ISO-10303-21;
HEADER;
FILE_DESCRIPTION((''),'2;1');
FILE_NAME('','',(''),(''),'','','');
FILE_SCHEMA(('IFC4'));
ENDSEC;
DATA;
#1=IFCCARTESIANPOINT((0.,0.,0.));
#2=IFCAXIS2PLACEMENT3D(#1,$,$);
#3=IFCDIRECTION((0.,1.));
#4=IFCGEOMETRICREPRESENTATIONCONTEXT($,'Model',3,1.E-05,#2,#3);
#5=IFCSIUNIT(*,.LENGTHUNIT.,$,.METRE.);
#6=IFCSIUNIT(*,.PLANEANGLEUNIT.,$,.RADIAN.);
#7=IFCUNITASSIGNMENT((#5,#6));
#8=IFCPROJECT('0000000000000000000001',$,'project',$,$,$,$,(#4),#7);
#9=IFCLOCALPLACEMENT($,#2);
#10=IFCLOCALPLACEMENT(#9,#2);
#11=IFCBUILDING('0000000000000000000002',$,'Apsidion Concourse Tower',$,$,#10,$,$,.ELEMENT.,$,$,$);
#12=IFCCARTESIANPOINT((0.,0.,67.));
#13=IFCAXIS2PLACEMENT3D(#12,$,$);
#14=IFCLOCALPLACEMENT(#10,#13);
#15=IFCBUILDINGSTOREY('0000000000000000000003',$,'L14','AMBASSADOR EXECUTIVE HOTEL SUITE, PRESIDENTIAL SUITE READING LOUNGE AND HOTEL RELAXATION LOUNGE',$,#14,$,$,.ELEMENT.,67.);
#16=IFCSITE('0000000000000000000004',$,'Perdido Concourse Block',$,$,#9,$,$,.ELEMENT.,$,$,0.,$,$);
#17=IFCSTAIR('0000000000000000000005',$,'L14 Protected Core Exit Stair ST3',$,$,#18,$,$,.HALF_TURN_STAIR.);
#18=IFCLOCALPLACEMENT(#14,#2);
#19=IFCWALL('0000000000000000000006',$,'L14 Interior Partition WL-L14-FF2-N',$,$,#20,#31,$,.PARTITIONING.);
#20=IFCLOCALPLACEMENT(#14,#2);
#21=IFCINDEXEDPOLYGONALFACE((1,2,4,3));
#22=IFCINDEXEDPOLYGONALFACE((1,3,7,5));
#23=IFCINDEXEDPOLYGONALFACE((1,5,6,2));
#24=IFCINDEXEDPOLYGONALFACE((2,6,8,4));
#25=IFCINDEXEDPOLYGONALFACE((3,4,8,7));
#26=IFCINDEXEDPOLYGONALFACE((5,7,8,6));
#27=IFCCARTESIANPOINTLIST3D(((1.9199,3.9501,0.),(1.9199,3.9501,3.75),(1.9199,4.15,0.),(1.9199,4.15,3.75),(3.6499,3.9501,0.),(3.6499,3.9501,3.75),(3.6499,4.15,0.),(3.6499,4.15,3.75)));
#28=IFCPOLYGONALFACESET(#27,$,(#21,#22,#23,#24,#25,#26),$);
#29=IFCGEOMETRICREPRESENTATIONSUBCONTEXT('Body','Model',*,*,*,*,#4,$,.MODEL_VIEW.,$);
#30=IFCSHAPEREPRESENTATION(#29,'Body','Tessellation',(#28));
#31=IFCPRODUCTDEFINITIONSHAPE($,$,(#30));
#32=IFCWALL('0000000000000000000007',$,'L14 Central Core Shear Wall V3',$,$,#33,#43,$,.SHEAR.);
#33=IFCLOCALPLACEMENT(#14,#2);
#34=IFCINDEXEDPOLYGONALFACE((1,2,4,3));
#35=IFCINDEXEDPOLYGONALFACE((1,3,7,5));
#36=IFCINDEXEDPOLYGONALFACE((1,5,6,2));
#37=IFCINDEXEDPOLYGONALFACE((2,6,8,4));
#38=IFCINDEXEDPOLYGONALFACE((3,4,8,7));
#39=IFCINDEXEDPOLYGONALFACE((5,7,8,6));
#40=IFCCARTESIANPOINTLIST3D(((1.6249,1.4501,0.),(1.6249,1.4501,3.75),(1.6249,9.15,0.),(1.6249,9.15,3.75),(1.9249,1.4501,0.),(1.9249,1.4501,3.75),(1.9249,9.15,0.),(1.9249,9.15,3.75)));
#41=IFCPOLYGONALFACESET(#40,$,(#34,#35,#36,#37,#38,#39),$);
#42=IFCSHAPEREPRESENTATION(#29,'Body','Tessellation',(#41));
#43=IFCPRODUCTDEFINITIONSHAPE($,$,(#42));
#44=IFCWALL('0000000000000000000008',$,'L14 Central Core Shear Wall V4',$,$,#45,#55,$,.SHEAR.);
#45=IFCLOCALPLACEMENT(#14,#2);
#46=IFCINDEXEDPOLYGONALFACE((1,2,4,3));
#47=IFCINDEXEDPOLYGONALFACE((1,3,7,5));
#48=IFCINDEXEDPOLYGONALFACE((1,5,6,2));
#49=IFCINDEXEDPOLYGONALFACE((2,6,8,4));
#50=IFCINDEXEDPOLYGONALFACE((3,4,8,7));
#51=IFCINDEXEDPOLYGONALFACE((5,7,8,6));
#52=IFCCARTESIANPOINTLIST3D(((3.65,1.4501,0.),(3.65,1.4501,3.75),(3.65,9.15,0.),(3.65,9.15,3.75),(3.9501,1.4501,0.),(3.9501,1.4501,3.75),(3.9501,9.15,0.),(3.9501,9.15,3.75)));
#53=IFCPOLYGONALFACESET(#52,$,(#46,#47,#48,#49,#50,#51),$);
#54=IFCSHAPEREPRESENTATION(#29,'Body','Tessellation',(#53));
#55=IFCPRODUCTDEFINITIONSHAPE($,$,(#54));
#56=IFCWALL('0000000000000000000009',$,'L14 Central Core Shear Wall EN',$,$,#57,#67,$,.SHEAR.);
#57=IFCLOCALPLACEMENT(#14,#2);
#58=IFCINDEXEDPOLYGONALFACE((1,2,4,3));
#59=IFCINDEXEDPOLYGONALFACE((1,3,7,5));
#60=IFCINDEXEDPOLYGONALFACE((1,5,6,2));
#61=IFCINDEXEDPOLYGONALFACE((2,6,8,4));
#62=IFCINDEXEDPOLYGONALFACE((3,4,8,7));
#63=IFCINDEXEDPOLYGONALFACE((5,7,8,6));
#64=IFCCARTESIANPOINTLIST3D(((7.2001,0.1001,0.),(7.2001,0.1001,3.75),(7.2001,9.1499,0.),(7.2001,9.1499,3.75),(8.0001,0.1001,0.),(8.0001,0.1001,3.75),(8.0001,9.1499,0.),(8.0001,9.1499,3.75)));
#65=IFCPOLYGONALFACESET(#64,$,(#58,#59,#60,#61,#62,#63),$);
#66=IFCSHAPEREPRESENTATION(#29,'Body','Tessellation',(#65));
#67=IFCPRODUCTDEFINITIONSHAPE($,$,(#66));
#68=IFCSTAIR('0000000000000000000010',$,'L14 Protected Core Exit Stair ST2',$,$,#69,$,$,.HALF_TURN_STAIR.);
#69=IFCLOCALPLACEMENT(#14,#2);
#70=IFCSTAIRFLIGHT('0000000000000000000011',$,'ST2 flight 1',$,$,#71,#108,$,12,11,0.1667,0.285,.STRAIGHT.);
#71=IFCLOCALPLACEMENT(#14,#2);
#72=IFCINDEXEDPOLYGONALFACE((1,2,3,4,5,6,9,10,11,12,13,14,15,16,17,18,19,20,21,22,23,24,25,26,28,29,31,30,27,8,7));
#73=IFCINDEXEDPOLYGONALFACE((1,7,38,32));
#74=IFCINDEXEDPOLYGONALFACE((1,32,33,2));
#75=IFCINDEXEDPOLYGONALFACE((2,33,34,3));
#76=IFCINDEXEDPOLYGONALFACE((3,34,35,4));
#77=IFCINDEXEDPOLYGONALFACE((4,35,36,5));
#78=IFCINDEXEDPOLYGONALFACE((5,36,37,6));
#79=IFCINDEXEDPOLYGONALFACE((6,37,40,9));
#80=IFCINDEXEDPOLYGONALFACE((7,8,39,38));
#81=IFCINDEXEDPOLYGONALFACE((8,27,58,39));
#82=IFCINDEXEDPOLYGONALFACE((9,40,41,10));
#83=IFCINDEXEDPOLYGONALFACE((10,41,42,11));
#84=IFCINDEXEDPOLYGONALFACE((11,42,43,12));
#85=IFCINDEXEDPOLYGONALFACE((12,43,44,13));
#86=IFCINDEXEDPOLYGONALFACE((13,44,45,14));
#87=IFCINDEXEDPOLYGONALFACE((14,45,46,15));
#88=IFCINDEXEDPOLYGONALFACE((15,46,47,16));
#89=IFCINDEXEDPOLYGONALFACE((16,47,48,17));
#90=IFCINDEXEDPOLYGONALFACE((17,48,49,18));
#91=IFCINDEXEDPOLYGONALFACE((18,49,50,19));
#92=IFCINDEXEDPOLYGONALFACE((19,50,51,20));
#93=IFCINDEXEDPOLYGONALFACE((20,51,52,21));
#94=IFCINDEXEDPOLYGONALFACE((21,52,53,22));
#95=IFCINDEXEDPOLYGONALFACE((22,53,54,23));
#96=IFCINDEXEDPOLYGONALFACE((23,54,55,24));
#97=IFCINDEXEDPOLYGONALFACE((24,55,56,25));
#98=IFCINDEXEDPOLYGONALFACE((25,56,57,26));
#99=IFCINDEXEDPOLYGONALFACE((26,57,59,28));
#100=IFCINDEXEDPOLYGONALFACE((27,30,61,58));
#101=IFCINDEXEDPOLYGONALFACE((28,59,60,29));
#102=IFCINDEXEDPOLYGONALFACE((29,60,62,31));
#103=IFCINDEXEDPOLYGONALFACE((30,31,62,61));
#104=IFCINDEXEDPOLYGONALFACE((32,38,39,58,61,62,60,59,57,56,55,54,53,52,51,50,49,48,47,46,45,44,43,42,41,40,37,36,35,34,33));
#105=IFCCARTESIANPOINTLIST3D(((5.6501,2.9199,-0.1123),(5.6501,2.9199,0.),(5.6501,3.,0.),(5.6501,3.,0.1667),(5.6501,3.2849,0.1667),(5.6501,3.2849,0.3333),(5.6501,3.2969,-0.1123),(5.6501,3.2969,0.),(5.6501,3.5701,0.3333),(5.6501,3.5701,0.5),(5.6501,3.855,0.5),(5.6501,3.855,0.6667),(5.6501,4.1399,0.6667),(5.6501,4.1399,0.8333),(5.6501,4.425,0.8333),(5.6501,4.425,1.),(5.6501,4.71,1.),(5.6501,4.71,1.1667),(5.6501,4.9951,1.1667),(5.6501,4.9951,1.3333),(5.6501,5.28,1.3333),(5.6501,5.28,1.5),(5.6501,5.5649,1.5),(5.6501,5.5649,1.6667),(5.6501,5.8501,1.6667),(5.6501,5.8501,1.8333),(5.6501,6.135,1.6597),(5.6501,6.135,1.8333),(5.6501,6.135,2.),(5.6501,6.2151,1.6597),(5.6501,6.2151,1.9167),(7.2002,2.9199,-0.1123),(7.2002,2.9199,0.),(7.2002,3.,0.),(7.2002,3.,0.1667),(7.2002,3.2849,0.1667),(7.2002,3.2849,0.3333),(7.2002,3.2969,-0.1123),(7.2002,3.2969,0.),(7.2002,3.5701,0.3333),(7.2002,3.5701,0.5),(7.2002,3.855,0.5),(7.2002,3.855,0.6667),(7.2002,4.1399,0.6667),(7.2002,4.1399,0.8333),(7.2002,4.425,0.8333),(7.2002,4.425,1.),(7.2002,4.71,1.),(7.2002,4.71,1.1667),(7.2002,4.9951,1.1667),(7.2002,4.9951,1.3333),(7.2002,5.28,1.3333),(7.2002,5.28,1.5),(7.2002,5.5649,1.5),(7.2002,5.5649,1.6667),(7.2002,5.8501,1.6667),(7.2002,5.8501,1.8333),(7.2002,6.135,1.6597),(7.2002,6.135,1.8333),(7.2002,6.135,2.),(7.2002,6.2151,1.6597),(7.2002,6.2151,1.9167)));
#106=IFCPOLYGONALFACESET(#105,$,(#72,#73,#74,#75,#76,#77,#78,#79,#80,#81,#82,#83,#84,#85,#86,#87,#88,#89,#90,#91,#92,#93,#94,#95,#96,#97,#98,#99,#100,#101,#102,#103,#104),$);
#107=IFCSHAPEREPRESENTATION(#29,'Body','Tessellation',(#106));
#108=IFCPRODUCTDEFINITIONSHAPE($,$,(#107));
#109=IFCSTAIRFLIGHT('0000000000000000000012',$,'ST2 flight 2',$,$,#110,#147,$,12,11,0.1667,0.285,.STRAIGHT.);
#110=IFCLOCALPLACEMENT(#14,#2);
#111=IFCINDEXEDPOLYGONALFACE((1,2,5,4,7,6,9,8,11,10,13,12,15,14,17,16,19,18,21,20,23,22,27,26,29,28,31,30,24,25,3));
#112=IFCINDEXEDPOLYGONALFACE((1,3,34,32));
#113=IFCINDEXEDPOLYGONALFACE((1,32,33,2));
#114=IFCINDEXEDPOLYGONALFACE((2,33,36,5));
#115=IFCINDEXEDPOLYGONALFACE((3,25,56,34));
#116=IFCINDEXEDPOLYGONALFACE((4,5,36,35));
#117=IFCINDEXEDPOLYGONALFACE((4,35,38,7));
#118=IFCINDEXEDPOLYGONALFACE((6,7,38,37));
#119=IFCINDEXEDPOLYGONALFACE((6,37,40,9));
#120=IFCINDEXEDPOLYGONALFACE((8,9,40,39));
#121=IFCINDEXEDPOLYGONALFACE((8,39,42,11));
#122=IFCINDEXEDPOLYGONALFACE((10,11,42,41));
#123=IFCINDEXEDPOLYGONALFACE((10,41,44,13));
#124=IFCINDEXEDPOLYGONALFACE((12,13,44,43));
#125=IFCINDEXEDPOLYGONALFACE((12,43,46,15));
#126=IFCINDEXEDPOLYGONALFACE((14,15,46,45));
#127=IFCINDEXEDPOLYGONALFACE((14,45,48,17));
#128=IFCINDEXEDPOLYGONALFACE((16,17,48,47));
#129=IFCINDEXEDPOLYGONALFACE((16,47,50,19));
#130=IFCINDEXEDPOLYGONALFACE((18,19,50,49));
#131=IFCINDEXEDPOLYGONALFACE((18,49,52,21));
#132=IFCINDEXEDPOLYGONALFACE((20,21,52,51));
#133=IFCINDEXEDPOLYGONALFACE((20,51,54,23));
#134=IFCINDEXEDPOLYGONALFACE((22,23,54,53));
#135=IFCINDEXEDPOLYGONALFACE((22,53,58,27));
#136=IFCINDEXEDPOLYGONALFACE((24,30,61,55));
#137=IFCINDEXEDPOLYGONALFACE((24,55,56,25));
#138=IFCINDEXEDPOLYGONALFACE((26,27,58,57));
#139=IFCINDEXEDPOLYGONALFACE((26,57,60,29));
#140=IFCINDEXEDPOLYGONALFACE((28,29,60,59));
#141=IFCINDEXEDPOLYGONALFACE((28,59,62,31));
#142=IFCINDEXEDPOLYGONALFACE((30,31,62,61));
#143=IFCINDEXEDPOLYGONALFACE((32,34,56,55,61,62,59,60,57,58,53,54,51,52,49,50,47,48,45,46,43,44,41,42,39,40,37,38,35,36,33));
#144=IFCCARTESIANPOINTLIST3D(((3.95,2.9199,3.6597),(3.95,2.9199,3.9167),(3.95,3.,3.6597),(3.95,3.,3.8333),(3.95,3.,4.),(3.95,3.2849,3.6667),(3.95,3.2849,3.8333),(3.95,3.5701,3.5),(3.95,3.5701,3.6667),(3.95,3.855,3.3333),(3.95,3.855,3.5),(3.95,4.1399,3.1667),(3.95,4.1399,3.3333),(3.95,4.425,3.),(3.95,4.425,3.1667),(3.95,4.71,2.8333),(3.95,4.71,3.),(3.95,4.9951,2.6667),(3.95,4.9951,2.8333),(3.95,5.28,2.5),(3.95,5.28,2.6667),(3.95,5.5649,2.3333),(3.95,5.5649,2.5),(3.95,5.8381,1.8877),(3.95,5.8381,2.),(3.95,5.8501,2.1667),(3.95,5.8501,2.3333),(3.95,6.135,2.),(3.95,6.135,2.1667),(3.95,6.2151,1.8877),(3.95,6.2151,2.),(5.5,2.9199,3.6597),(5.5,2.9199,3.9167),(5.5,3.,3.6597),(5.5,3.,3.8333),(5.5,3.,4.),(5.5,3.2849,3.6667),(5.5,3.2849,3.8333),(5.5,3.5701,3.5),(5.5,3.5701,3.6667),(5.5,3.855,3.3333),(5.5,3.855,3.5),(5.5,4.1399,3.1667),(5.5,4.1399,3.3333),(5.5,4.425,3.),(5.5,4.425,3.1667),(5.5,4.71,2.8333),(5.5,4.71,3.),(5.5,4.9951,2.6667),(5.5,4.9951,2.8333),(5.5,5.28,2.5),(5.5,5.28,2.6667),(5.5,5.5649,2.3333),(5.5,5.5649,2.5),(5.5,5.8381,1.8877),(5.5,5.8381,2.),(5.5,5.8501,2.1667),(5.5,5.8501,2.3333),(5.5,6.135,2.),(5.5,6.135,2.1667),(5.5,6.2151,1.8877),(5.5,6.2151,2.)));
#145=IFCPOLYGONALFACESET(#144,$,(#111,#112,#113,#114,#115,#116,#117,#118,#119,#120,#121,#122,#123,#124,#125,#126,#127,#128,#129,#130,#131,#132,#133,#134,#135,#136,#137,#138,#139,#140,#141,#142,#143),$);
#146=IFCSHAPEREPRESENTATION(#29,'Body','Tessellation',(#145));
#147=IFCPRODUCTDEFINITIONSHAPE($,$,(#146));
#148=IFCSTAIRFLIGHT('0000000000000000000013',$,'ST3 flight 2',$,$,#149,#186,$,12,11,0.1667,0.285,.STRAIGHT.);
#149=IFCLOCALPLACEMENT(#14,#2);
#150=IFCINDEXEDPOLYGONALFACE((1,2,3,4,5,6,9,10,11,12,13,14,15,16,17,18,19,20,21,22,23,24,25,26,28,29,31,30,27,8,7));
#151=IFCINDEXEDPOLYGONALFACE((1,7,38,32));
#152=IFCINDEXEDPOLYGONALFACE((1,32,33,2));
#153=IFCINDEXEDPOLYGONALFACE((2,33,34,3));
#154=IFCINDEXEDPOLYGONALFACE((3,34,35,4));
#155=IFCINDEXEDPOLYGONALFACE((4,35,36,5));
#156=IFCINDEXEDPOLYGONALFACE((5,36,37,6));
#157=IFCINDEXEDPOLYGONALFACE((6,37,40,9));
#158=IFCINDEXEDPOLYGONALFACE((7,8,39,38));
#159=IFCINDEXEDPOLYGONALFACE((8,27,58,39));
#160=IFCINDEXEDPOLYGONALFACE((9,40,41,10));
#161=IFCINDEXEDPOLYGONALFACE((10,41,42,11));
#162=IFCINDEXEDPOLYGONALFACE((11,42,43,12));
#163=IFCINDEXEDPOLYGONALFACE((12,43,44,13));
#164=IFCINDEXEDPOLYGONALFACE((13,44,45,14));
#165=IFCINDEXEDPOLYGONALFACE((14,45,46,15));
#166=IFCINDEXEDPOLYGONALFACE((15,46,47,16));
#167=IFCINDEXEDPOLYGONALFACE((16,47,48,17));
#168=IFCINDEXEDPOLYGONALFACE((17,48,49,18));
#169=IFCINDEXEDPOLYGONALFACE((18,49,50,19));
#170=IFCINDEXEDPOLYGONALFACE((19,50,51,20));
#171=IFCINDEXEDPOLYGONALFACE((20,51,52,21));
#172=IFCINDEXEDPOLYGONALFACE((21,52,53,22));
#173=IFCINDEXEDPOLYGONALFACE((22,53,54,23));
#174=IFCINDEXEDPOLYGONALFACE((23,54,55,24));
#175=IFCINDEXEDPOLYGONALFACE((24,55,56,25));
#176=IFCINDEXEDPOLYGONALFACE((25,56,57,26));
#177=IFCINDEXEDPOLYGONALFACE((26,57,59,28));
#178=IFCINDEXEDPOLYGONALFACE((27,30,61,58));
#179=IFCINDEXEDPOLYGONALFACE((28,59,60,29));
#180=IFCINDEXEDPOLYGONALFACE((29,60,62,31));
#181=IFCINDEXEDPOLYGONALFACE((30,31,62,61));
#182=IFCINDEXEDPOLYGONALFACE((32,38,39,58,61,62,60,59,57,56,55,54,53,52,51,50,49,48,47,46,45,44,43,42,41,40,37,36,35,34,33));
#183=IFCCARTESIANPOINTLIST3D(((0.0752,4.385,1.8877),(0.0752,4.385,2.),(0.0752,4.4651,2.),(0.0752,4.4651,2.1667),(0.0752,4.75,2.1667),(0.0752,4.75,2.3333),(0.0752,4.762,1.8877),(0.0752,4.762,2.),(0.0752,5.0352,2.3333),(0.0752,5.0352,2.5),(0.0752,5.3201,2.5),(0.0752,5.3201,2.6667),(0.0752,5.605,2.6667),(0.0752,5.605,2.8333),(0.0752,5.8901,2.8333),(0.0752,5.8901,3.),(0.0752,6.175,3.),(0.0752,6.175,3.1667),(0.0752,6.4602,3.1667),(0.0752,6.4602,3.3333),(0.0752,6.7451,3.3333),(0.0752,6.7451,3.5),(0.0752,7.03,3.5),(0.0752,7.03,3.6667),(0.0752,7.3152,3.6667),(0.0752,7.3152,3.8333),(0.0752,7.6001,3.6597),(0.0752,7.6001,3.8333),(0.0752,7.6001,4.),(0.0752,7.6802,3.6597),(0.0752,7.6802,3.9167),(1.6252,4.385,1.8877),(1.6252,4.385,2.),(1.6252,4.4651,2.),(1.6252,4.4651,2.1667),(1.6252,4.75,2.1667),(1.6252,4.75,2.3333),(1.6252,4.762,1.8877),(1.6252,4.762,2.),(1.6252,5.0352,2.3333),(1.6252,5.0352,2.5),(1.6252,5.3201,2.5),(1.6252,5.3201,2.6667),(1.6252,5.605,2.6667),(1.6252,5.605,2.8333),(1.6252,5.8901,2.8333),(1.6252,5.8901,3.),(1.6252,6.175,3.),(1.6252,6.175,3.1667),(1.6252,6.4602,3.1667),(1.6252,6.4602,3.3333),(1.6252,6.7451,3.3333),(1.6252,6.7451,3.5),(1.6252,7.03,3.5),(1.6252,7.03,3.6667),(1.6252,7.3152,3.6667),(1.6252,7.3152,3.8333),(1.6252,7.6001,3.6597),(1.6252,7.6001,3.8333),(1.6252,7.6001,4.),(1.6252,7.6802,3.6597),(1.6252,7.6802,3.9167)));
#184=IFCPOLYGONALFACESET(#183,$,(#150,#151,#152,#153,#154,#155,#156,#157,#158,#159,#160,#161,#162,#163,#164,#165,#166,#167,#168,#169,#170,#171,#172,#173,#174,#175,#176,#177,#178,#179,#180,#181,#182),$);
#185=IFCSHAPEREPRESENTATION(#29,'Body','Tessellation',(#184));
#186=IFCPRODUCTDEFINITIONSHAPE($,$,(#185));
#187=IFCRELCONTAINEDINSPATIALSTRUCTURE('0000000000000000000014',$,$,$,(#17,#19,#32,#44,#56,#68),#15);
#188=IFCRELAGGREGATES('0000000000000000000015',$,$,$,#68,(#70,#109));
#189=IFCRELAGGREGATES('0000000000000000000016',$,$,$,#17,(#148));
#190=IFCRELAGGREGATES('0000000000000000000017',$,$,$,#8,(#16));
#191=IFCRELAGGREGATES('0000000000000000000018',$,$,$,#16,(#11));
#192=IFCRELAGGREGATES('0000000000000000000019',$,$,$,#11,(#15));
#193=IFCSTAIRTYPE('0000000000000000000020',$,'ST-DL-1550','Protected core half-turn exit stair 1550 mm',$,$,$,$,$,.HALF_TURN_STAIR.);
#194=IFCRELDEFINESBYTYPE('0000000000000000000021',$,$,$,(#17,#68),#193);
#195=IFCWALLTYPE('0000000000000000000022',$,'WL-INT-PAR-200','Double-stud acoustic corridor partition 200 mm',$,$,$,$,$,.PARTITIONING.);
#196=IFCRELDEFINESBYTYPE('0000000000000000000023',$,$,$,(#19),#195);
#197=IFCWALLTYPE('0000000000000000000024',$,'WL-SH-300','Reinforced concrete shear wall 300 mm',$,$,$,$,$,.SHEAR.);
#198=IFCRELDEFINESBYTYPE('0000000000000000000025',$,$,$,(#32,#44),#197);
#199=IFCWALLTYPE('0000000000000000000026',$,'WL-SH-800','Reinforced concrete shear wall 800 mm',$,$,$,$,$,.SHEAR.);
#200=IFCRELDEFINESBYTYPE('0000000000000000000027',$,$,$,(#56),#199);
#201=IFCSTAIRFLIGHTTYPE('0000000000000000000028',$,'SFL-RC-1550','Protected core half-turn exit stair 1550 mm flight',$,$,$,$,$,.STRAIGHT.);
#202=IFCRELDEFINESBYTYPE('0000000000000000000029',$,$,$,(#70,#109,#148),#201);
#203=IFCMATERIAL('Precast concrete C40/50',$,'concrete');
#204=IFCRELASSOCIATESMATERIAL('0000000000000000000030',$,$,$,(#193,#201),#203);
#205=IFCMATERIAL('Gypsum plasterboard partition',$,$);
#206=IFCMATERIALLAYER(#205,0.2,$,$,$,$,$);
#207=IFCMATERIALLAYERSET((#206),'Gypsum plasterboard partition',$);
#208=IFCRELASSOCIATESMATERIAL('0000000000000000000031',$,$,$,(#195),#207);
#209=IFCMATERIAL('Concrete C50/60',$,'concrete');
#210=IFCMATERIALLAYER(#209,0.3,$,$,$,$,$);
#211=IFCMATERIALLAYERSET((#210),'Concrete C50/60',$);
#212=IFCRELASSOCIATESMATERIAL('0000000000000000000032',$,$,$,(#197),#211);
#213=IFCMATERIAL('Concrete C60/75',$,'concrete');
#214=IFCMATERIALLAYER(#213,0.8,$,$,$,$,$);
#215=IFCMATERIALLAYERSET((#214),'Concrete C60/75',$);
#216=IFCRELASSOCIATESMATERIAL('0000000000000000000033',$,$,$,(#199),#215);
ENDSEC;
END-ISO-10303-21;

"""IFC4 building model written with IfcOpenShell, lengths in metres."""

from ifc_helpers import new_model, si_unit, direction, frame, frame_2d, origin, place, context, subcontext, project, spatial, polyline, rectangle, outline, extrude, material, layer, layer_set, type_object, element, aggregate, save


model = new_model("IFC4")

# Units and contexts
model_context = context("Model", 3, precision=1e-05, world=origin(), true_north=direction((0.0, 1.0)))
body_context = subcontext(model_context, "Body", "Model", "MODEL_VIEW")
ifc_project = project(units=[si_unit("LENGTHUNIT", "METRE"), si_unit("PLANEANGLEUNIT", "RADIAN")], contexts=[model_context])

# Site, building, storey
site_placement = place(None, origin())
site = spatial("IfcSite", under=ifc_project, at=site_placement, Name="Perdido Concourse Block", CompositionType="ELEMENT", RefElevation=0.0)
building_placement = place(site_placement, origin())
building = spatial("IfcBuilding", under=site, at=building_placement, Name="Apsidion Concourse Tower", CompositionType="ELEMENT")
storey_placement = place(building_placement, frame((0.0, 0.0, 67.0)))
storey = spatial("IfcBuildingStorey", under=building, at=storey_placement, Name="L14", Description="AMBASSADOR EXECUTIVE HOTEL SUITE, PRESIDENTIAL SUITE READING LOUNGE AND HOTEL RELAXATION LOUNGE", CompositionType="ELEMENT", Elevation=67.0)

# Shared definitions
ifc_material_1 = material(Name="Concrete C60/75", Category="concrete")

# Stair
ifc_material_2 = material(Name="Precast concrete C40/50", Category="concrete")
stair_type = type_object("IfcStairType", Name="ST-DL-1550", Description="Protected core half-turn exit stair 1550 mm", PredefinedType="HALF_TURN_STAIR", material=ifc_material_2)
stair_1_placement = place(storey_placement, origin())
stair_1 = element("IfcStair", 1, at=stair_1_placement, inside=storey, type_object=stair_type, Name="L14 Protected Core Exit Stair ST3", PredefinedType="HALF_TURN_STAIR")
ifc_material_3 = material(Name="Concrete C50/60", Category="concrete")

# Shared definitions
ifc_material_4 = material(Name="Gypsum plasterboard partition")

# Walls
ifc_layer_1 = layer(ifc_material_4, 0.2)
ifc_layer_set_1 = layer_set([ifc_layer_1], Name="Gypsum plasterboard partition")
wall_type_1 = type_object("IfcWallType", Name="WL-INT-PAR-200", Description="Double-stud acoustic corridor partition 200 mm", PredefinedType="PARTITIONING", material=ifc_layer_set_1)
wall_1_placement = place(storey_placement, frame((1.9199, 4.05, 0.0), z_axis=(0.0, 0.0, 1.0), x_axis=(1.0, 0.0, 0.0)))
element("IfcWall", 2, at=wall_1_placement, inside=storey, type_object=wall_type_1, Name="L14 Interior Partition WL-L14-FF2-N", PredefinedType="PARTITIONING", context=body_context, shape_type="SweptSolid", body=[
    extrude(rectangle(XDim=1.73, YDim=0.2, at=frame_2d((0.865, 0.0))), origin(), (0.0, 0.0, 1.0), 3.75),
])
ifc_layer_2 = layer(ifc_material_3, 0.3)
ifc_layer_set_2 = layer_set([ifc_layer_2], Name="Concrete C50/60")
wall_type_2 = type_object("IfcWallType", Name="WL-SH-300", Description="Reinforced concrete shear wall 300 mm", PredefinedType="SHEAR", material=ifc_layer_set_2)
for number, where, z_axis, x_axis, name in (
    (3, (1.7749, 1.45, 0.0), (0.0, 0.0, 1.0), (0.0, 1.0, 0.0), "L14 Central Core Shear Wall V3"),
    (4, (3.8, 1.45, 0.0), (0.0, 0.0, 1.0), (0.0, 1.0, 0.0), "L14 Central Core Shear Wall V4"),
):
    element("IfcWall", number, at=place(storey_placement, frame(where, z_axis=z_axis, x_axis=x_axis)), inside=storey, type_object=wall_type_2, Name=name, PredefinedType="SHEAR", context=body_context, shape_type="SweptSolid", body=[
        extrude(rectangle(XDim=7.7, YDim=0.3, at=frame_2d((3.8501, 0.0))), origin(), (0.0, 0.0, 1.0), 3.75),
    ])
ifc_layer_3 = layer(ifc_material_1, 0.8)
ifc_layer_set_3 = layer_set([ifc_layer_3], Name="Concrete C60/75")
wall_type_3 = type_object("IfcWallType", Name="WL-SH-800", Description="Reinforced concrete shear wall 800 mm", PredefinedType="SHEAR", material=ifc_layer_set_3)
wall_2_placement = place(storey_placement, frame((7.6001, 0.1001, 0.0), z_axis=(0.0, 0.0, 1.0), x_axis=(0.0, 1.0, 0.0)))
element("IfcWall", 5, at=wall_2_placement, inside=storey, type_object=wall_type_3, Name="L14 Central Core Shear Wall EN", PredefinedType="SHEAR", context=body_context, shape_type="SweptSolid", body=[
    extrude(rectangle(XDim=9.0498, YDim=0.8, at=frame_2d((4.5249, 0.0))), origin(), (0.0, 0.0, 1.0), 3.75),
])

# Stair, stair flights
stair_2_placement = place(storey_placement, origin())
stair_2 = element("IfcStair", 6, at=stair_2_placement, inside=storey, type_object=stair_type, Name="L14 Protected Core Exit Stair ST2", PredefinedType="HALF_TURN_STAIR")
stair_flight_type = type_object("IfcStairFlightType", Name="SFL-RC-1550", Description="Protected core half-turn exit stair 1550 mm flight", PredefinedType="STRAIGHT", material=ifc_material_2)
stair_flight_1_placement = place(storey_placement, frame((6.425, 3.0, 0.0), z_axis=(0.0, 0.0, 1.0), x_axis=(0.0, 1.0, 0.0)))
stair_flight_1 = element("IfcStairFlight", 7, at=stair_flight_1_placement, type_object=stair_flight_type, Name="ST2 flight 1", NumberOfRisers=12, NumberOfTreads=11, PredefinedType="STRAIGHT", RiserHeight=0.1667, TreadLength=0.285, context=body_context, shape_type="SweptSolid", body=[
    extrude(outline(polyline([(-0.0801, -0.1123), (-0.0801, 0.0), (0.0, 0.0), (0.0, 0.1667), (0.2849, 0.1667), (0.2849, 0.3333), (0.5701, 0.3333), (0.5701, 0.5), (0.855, 0.5), (0.855, 0.6667), (1.1399, 0.6667), (1.1399, 0.8333), (1.425, 0.8333), (1.425, 1.0), (1.71, 1.0), (1.71, 1.1667), (1.9951, 1.1667), (1.9951, 1.3333), (2.28, 1.3333), (2.28, 1.5), (2.5649, 1.5), (2.5649, 1.6667), (2.8501, 1.6667), (2.8501, 1.8333), (3.135, 1.8333), (3.135, 2.0), (3.2151, 1.9167), (3.2151, 1.6597), (3.135, 1.6597), (0.2969, 0.0), (0.2969, -0.1123), (-0.0801, -0.1123)])), frame((0.0, 0.7749, 0.0), z_axis=(0.0, -1.0, 0.0), x_axis=(1.0, 0.0, 0.0)), (0.0, 0.0, 1.0), 1.55),
])
stair_flight_2_placement = place(storey_placement, frame((4.7251, 6.135, 2.0), z_axis=(0.0, 0.0, 1.0), x_axis=(0.0, -1.0, 0.0)))
stair_flight_2 = element("IfcStairFlight", 8, at=stair_flight_2_placement, type_object=stair_flight_type, Name="ST2 flight 2", NumberOfRisers=12, NumberOfTreads=11, PredefinedType="STRAIGHT", RiserHeight=0.1667, TreadLength=0.285, context=body_context, shape_type="SweptSolid", body=[
    extrude(outline(polyline([(-0.0801, -0.1123), (-0.0801, 0.0), (0.0, 0.0), (0.0, 0.1667), (0.2849, 0.1667), (0.2849, 0.3333), (0.5701, 0.3333), (0.5701, 0.5), (0.855, 0.5), (0.855, 0.6667), (1.1399, 0.6667), (1.1399, 0.8333), (1.425, 0.8333), (1.425, 1.0), (1.71, 1.0), (1.71, 1.1667), (1.9951, 1.1667), (1.9951, 1.3333), (2.28, 1.3333), (2.28, 1.5), (2.5649, 1.5), (2.5649, 1.6667), (2.8501, 1.6667), (2.8501, 1.8333), (3.135, 1.8333), (3.135, 2.0), (3.2151, 1.9167), (3.2151, 1.6597), (3.135, 1.6597), (0.2969, 0.0), (0.2969, -0.1123), (-0.0801, -0.1123)])), frame((0.0, 0.7749, 0.0), z_axis=(0.0, -1.0, 0.0), x_axis=(1.0, 0.0, 0.0)), (0.0, 0.0, 1.0), 1.55),
])
aggregate(stair_2, [stair_flight_1, stair_flight_2])

# Stair flight
stair_flight_3_placement = place(storey_placement, frame((0.8501, 4.4651, 2.0), z_axis=(0.0, 0.0, 1.0), x_axis=(0.0, 1.0, 0.0)))
stair_flight_3 = element("IfcStairFlight", 9, at=stair_flight_3_placement, type_object=stair_flight_type, Name="ST3 flight 2", NumberOfRisers=12, NumberOfTreads=11, PredefinedType="STRAIGHT", RiserHeight=0.1667, TreadLength=0.285, context=body_context, shape_type="SweptSolid", body=[
    extrude(outline(polyline([(-0.0801, -0.1123), (-0.0801, 0.0), (0.0, 0.0), (0.0, 0.1667), (0.2849, 0.1667), (0.2849, 0.3333), (0.5701, 0.3333), (0.5701, 0.5), (0.855, 0.5), (0.855, 0.6667), (1.1399, 0.6667), (1.1399, 0.8333), (1.425, 0.8333), (1.425, 1.0), (1.71, 1.0), (1.71, 1.1667), (1.9951, 1.1667), (1.9951, 1.3333), (2.28, 1.3333), (2.28, 1.5), (2.5649, 1.5), (2.5649, 1.6667), (2.8501, 1.6667), (2.8501, 1.8333), (3.135, 1.8333), (3.135, 2.0), (3.2151, 1.9167), (3.2151, 1.6597), (3.135, 1.6597), (0.2969, 0.0), (0.2969, -0.1123), (-0.0801, -0.1123)])), frame((0.0, 0.7749, 0.0), z_axis=(0.0, -1.0, 0.0), x_axis=(1.0, 0.0, 0.0)), (0.0, 0.0, 1.0), 1.55),
])
aggregate(stair_1, [stair_flight_3])

save(model, "model.ifc")
